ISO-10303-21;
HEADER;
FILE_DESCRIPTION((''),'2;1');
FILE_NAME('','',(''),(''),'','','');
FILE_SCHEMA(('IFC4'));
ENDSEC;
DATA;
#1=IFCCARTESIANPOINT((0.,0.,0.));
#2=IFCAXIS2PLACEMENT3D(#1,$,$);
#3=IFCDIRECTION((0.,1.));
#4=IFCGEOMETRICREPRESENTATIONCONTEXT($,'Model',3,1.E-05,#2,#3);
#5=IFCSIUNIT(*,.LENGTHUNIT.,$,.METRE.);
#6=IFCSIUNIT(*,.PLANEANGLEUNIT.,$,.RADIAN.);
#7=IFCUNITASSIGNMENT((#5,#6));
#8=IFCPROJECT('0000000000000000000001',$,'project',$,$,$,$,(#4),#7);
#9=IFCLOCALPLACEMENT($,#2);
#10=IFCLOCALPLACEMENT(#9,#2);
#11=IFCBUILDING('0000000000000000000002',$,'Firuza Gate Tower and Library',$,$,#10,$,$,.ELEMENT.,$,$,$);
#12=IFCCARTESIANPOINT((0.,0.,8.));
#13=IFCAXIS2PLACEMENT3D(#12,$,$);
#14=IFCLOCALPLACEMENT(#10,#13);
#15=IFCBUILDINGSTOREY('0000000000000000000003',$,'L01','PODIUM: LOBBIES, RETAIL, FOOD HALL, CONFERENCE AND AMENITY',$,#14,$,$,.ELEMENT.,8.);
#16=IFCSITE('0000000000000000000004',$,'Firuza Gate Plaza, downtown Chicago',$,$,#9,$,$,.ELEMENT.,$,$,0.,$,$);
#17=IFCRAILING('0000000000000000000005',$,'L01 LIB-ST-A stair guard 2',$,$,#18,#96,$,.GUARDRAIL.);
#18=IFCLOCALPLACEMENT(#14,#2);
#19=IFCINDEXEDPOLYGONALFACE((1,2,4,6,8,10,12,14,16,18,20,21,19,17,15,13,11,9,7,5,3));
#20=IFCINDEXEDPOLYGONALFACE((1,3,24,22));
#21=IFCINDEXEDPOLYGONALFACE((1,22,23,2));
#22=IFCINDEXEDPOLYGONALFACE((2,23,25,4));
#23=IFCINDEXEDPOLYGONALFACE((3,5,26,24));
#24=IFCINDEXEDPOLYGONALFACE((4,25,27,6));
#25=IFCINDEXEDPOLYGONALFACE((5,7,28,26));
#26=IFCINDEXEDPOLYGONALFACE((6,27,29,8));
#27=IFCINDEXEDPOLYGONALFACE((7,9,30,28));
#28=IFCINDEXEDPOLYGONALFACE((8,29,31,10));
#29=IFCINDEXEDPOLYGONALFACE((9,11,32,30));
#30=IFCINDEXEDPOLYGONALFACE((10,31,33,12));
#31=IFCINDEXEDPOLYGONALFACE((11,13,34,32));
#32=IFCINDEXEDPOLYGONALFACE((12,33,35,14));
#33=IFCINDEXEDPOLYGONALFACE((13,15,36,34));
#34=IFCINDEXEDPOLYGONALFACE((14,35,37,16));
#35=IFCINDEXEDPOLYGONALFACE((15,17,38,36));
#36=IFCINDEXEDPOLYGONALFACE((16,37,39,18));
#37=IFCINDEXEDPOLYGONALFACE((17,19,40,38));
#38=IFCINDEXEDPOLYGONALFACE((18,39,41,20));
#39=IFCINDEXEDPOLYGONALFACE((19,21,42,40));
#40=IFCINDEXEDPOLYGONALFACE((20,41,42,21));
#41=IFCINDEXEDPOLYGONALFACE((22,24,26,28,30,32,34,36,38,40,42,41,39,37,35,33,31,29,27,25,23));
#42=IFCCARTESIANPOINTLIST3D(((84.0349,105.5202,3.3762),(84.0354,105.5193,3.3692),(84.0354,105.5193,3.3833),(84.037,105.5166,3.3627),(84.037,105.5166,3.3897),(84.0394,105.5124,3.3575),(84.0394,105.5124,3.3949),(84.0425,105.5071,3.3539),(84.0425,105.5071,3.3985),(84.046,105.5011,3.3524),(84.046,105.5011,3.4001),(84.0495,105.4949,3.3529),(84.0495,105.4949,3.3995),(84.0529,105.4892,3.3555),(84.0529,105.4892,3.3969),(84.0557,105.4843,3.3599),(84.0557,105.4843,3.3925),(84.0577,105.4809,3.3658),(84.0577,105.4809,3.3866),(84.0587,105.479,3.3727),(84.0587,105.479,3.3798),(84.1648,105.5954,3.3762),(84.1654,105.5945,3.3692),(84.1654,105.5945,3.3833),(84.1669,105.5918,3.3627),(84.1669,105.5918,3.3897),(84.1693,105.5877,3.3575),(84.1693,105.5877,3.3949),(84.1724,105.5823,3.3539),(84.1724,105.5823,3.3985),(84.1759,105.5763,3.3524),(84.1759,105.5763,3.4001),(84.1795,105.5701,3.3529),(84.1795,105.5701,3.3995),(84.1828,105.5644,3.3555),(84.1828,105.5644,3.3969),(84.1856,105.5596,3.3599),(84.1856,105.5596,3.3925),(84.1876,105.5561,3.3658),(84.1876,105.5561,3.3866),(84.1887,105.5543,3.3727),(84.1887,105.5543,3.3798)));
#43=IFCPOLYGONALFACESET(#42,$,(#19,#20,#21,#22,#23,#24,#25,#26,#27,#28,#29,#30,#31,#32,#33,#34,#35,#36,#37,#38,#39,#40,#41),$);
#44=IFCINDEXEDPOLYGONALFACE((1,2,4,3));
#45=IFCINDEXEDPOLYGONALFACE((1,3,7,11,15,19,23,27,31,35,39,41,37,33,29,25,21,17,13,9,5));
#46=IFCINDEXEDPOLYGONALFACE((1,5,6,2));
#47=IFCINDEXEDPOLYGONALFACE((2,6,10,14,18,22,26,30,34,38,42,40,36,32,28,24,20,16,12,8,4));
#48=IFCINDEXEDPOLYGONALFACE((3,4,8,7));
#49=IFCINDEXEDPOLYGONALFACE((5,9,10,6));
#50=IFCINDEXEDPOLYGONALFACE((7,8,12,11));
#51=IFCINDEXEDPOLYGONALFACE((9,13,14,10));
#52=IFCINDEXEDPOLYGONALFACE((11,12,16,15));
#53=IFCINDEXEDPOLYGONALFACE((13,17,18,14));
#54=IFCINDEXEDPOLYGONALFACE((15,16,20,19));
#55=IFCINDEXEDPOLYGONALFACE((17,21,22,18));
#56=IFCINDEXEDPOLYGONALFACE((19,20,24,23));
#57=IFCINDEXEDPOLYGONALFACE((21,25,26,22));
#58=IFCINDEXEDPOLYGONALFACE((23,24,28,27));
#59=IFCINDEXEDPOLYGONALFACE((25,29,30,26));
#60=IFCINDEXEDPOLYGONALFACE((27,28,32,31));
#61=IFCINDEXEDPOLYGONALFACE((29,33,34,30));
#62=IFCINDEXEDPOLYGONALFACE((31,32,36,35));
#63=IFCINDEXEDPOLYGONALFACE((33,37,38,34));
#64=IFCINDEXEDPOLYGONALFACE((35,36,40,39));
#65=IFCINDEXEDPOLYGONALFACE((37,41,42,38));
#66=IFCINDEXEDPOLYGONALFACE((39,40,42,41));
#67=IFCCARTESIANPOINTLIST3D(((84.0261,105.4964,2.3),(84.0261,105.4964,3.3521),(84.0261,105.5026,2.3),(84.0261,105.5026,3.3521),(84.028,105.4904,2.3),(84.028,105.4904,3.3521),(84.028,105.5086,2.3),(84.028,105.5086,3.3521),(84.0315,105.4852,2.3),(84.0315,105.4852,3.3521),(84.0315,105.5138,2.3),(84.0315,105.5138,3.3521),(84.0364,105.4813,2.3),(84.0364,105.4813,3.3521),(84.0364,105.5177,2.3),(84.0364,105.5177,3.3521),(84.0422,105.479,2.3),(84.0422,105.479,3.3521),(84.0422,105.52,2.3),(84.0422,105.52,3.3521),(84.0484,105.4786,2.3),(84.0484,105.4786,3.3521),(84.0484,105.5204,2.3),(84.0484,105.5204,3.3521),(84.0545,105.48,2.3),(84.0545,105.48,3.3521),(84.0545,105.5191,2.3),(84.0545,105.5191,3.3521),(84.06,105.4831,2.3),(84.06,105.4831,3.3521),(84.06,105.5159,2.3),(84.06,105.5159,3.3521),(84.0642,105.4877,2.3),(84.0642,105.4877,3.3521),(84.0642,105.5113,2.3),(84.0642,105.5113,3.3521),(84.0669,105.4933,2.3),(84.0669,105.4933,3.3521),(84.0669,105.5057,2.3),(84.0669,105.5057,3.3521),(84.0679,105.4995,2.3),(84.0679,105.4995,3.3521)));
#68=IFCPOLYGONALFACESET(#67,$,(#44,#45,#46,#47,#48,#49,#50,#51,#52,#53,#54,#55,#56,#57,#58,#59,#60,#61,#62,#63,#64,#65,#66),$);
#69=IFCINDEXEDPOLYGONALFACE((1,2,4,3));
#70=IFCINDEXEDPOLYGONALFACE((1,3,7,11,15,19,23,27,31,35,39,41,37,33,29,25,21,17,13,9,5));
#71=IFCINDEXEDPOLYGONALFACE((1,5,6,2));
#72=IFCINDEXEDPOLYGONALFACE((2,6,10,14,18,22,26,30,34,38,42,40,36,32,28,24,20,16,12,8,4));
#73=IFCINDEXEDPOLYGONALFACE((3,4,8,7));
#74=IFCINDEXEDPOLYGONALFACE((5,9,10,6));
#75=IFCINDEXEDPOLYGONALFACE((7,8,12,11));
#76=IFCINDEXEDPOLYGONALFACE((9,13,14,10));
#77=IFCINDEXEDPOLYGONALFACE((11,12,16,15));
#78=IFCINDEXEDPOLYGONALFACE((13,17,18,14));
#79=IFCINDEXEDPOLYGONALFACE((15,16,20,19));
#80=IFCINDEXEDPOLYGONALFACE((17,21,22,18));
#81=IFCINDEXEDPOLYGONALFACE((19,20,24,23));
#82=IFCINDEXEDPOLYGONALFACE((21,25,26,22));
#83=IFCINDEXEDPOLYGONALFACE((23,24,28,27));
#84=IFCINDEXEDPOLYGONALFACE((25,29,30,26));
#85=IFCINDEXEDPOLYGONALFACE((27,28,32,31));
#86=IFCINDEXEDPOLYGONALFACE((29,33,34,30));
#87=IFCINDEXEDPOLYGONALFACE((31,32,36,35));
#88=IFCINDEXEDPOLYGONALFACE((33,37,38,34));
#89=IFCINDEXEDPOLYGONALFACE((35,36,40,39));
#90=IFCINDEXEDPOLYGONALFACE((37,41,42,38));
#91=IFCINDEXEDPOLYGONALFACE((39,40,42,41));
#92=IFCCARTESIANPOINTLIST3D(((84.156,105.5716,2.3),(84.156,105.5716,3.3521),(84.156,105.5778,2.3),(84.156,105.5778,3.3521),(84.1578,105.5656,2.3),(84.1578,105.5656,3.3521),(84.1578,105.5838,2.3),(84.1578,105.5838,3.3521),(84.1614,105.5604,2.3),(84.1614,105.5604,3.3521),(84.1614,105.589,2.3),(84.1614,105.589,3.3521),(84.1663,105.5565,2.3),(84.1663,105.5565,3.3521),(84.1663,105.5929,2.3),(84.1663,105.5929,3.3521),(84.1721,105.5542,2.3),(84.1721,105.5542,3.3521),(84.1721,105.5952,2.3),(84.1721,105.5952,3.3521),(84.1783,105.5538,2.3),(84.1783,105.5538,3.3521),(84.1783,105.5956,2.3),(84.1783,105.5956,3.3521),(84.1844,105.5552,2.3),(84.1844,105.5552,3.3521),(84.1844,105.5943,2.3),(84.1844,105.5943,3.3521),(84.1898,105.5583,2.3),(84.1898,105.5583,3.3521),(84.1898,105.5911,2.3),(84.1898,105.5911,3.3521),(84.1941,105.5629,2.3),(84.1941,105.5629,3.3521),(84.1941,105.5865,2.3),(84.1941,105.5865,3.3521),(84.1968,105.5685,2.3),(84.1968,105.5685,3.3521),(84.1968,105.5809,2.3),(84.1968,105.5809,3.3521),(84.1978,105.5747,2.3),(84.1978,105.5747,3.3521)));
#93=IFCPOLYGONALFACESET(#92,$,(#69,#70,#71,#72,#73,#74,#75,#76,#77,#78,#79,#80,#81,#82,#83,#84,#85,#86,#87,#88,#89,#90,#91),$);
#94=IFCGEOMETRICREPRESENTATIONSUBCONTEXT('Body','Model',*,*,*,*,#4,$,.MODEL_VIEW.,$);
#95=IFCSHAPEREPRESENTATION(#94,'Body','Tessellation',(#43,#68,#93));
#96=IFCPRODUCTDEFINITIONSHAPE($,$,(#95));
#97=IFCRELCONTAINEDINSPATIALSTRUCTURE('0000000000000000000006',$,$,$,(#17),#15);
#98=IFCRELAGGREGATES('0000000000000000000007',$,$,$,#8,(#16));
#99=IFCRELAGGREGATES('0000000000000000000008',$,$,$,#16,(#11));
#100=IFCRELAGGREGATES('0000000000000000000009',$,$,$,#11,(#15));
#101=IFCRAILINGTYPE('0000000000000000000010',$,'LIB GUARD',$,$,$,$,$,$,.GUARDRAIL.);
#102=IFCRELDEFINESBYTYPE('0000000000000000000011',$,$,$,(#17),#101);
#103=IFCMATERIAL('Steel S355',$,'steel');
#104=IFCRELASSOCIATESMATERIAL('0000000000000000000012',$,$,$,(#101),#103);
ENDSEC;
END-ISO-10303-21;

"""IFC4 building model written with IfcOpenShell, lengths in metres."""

from ifc_helpers import new_model, si_unit, direction, frame, origin, origin_2d, place, context, subcontext, project, spatial, circle, extrude, material, type_object, element, save


model = new_model("IFC4")

# Units and contexts
model_context = context("Model", 3, precision=1e-05, world=origin(), true_north=direction((0.0, 1.0)))
body_context = subcontext(model_context, "Body", "Model", "MODEL_VIEW")
ifc_project = project(units=[si_unit("LENGTHUNIT", "METRE"), si_unit("PLANEANGLEUNIT", "RADIAN")], contexts=[model_context])

# Site, building, storey
site_placement = place(None, origin())
site = spatial("IfcSite", under=ifc_project, at=site_placement, Name="Firuza Gate Plaza, downtown Chicago", CompositionType="ELEMENT", RefElevation=0.0)
building_placement = place(site_placement, origin())
building = spatial("IfcBuilding", under=site, at=building_placement, Name="Firuza Gate Tower and Library", CompositionType="ELEMENT")
storey_placement = place(building_placement, frame((0.0, 0.0, 8.0)))
storey = spatial("IfcBuildingStorey", under=building, at=storey_placement, Name="L01", Description="PODIUM: LOBBIES, RETAIL, FOOD HALL, CONFERENCE AND AMENITY", CompositionType="ELEMENT", Elevation=8.0)

# Railing
ifc_material_1 = material(Name="Steel S355", Category="steel")
railing_type_1 = type_object("IfcRailingType", Name="LIB GUARD", PredefinedType="GUARDRAIL", material=ifc_material_1)
railing_1_placement = place(storey_placement, frame((84.0469, 105.4995, 2.3)))
element("IfcRailing", 1, at=railing_1_placement, inside=storey, type_object=railing_type_1, Name="L01 LIB-ST-A stair guard 2", PredefinedType="GUARDRAIL", context=body_context, shape_type="SweptSolid", body=[
    extrude(circle(Radius=0.0239, at=origin_2d()), frame((0.0, 0.0, 1.0762), z_axis=(0.865426, 0.501036, 0.0), x_axis=(-0.501036, 0.865426, 0.0)), (0.0, 0.0, 1.0), 0.1501),
    extrude(circle(Radius=0.021, at=origin_2d()), origin(), (0.0, 0.0, 1.0), 1.052),
    extrude(circle(Radius=0.021, at=origin_2d()), frame((0.1299, 0.0752, 0.0)), (0.0, 0.0, 1.0), 1.052),
])

save(model, "model.ifc")
